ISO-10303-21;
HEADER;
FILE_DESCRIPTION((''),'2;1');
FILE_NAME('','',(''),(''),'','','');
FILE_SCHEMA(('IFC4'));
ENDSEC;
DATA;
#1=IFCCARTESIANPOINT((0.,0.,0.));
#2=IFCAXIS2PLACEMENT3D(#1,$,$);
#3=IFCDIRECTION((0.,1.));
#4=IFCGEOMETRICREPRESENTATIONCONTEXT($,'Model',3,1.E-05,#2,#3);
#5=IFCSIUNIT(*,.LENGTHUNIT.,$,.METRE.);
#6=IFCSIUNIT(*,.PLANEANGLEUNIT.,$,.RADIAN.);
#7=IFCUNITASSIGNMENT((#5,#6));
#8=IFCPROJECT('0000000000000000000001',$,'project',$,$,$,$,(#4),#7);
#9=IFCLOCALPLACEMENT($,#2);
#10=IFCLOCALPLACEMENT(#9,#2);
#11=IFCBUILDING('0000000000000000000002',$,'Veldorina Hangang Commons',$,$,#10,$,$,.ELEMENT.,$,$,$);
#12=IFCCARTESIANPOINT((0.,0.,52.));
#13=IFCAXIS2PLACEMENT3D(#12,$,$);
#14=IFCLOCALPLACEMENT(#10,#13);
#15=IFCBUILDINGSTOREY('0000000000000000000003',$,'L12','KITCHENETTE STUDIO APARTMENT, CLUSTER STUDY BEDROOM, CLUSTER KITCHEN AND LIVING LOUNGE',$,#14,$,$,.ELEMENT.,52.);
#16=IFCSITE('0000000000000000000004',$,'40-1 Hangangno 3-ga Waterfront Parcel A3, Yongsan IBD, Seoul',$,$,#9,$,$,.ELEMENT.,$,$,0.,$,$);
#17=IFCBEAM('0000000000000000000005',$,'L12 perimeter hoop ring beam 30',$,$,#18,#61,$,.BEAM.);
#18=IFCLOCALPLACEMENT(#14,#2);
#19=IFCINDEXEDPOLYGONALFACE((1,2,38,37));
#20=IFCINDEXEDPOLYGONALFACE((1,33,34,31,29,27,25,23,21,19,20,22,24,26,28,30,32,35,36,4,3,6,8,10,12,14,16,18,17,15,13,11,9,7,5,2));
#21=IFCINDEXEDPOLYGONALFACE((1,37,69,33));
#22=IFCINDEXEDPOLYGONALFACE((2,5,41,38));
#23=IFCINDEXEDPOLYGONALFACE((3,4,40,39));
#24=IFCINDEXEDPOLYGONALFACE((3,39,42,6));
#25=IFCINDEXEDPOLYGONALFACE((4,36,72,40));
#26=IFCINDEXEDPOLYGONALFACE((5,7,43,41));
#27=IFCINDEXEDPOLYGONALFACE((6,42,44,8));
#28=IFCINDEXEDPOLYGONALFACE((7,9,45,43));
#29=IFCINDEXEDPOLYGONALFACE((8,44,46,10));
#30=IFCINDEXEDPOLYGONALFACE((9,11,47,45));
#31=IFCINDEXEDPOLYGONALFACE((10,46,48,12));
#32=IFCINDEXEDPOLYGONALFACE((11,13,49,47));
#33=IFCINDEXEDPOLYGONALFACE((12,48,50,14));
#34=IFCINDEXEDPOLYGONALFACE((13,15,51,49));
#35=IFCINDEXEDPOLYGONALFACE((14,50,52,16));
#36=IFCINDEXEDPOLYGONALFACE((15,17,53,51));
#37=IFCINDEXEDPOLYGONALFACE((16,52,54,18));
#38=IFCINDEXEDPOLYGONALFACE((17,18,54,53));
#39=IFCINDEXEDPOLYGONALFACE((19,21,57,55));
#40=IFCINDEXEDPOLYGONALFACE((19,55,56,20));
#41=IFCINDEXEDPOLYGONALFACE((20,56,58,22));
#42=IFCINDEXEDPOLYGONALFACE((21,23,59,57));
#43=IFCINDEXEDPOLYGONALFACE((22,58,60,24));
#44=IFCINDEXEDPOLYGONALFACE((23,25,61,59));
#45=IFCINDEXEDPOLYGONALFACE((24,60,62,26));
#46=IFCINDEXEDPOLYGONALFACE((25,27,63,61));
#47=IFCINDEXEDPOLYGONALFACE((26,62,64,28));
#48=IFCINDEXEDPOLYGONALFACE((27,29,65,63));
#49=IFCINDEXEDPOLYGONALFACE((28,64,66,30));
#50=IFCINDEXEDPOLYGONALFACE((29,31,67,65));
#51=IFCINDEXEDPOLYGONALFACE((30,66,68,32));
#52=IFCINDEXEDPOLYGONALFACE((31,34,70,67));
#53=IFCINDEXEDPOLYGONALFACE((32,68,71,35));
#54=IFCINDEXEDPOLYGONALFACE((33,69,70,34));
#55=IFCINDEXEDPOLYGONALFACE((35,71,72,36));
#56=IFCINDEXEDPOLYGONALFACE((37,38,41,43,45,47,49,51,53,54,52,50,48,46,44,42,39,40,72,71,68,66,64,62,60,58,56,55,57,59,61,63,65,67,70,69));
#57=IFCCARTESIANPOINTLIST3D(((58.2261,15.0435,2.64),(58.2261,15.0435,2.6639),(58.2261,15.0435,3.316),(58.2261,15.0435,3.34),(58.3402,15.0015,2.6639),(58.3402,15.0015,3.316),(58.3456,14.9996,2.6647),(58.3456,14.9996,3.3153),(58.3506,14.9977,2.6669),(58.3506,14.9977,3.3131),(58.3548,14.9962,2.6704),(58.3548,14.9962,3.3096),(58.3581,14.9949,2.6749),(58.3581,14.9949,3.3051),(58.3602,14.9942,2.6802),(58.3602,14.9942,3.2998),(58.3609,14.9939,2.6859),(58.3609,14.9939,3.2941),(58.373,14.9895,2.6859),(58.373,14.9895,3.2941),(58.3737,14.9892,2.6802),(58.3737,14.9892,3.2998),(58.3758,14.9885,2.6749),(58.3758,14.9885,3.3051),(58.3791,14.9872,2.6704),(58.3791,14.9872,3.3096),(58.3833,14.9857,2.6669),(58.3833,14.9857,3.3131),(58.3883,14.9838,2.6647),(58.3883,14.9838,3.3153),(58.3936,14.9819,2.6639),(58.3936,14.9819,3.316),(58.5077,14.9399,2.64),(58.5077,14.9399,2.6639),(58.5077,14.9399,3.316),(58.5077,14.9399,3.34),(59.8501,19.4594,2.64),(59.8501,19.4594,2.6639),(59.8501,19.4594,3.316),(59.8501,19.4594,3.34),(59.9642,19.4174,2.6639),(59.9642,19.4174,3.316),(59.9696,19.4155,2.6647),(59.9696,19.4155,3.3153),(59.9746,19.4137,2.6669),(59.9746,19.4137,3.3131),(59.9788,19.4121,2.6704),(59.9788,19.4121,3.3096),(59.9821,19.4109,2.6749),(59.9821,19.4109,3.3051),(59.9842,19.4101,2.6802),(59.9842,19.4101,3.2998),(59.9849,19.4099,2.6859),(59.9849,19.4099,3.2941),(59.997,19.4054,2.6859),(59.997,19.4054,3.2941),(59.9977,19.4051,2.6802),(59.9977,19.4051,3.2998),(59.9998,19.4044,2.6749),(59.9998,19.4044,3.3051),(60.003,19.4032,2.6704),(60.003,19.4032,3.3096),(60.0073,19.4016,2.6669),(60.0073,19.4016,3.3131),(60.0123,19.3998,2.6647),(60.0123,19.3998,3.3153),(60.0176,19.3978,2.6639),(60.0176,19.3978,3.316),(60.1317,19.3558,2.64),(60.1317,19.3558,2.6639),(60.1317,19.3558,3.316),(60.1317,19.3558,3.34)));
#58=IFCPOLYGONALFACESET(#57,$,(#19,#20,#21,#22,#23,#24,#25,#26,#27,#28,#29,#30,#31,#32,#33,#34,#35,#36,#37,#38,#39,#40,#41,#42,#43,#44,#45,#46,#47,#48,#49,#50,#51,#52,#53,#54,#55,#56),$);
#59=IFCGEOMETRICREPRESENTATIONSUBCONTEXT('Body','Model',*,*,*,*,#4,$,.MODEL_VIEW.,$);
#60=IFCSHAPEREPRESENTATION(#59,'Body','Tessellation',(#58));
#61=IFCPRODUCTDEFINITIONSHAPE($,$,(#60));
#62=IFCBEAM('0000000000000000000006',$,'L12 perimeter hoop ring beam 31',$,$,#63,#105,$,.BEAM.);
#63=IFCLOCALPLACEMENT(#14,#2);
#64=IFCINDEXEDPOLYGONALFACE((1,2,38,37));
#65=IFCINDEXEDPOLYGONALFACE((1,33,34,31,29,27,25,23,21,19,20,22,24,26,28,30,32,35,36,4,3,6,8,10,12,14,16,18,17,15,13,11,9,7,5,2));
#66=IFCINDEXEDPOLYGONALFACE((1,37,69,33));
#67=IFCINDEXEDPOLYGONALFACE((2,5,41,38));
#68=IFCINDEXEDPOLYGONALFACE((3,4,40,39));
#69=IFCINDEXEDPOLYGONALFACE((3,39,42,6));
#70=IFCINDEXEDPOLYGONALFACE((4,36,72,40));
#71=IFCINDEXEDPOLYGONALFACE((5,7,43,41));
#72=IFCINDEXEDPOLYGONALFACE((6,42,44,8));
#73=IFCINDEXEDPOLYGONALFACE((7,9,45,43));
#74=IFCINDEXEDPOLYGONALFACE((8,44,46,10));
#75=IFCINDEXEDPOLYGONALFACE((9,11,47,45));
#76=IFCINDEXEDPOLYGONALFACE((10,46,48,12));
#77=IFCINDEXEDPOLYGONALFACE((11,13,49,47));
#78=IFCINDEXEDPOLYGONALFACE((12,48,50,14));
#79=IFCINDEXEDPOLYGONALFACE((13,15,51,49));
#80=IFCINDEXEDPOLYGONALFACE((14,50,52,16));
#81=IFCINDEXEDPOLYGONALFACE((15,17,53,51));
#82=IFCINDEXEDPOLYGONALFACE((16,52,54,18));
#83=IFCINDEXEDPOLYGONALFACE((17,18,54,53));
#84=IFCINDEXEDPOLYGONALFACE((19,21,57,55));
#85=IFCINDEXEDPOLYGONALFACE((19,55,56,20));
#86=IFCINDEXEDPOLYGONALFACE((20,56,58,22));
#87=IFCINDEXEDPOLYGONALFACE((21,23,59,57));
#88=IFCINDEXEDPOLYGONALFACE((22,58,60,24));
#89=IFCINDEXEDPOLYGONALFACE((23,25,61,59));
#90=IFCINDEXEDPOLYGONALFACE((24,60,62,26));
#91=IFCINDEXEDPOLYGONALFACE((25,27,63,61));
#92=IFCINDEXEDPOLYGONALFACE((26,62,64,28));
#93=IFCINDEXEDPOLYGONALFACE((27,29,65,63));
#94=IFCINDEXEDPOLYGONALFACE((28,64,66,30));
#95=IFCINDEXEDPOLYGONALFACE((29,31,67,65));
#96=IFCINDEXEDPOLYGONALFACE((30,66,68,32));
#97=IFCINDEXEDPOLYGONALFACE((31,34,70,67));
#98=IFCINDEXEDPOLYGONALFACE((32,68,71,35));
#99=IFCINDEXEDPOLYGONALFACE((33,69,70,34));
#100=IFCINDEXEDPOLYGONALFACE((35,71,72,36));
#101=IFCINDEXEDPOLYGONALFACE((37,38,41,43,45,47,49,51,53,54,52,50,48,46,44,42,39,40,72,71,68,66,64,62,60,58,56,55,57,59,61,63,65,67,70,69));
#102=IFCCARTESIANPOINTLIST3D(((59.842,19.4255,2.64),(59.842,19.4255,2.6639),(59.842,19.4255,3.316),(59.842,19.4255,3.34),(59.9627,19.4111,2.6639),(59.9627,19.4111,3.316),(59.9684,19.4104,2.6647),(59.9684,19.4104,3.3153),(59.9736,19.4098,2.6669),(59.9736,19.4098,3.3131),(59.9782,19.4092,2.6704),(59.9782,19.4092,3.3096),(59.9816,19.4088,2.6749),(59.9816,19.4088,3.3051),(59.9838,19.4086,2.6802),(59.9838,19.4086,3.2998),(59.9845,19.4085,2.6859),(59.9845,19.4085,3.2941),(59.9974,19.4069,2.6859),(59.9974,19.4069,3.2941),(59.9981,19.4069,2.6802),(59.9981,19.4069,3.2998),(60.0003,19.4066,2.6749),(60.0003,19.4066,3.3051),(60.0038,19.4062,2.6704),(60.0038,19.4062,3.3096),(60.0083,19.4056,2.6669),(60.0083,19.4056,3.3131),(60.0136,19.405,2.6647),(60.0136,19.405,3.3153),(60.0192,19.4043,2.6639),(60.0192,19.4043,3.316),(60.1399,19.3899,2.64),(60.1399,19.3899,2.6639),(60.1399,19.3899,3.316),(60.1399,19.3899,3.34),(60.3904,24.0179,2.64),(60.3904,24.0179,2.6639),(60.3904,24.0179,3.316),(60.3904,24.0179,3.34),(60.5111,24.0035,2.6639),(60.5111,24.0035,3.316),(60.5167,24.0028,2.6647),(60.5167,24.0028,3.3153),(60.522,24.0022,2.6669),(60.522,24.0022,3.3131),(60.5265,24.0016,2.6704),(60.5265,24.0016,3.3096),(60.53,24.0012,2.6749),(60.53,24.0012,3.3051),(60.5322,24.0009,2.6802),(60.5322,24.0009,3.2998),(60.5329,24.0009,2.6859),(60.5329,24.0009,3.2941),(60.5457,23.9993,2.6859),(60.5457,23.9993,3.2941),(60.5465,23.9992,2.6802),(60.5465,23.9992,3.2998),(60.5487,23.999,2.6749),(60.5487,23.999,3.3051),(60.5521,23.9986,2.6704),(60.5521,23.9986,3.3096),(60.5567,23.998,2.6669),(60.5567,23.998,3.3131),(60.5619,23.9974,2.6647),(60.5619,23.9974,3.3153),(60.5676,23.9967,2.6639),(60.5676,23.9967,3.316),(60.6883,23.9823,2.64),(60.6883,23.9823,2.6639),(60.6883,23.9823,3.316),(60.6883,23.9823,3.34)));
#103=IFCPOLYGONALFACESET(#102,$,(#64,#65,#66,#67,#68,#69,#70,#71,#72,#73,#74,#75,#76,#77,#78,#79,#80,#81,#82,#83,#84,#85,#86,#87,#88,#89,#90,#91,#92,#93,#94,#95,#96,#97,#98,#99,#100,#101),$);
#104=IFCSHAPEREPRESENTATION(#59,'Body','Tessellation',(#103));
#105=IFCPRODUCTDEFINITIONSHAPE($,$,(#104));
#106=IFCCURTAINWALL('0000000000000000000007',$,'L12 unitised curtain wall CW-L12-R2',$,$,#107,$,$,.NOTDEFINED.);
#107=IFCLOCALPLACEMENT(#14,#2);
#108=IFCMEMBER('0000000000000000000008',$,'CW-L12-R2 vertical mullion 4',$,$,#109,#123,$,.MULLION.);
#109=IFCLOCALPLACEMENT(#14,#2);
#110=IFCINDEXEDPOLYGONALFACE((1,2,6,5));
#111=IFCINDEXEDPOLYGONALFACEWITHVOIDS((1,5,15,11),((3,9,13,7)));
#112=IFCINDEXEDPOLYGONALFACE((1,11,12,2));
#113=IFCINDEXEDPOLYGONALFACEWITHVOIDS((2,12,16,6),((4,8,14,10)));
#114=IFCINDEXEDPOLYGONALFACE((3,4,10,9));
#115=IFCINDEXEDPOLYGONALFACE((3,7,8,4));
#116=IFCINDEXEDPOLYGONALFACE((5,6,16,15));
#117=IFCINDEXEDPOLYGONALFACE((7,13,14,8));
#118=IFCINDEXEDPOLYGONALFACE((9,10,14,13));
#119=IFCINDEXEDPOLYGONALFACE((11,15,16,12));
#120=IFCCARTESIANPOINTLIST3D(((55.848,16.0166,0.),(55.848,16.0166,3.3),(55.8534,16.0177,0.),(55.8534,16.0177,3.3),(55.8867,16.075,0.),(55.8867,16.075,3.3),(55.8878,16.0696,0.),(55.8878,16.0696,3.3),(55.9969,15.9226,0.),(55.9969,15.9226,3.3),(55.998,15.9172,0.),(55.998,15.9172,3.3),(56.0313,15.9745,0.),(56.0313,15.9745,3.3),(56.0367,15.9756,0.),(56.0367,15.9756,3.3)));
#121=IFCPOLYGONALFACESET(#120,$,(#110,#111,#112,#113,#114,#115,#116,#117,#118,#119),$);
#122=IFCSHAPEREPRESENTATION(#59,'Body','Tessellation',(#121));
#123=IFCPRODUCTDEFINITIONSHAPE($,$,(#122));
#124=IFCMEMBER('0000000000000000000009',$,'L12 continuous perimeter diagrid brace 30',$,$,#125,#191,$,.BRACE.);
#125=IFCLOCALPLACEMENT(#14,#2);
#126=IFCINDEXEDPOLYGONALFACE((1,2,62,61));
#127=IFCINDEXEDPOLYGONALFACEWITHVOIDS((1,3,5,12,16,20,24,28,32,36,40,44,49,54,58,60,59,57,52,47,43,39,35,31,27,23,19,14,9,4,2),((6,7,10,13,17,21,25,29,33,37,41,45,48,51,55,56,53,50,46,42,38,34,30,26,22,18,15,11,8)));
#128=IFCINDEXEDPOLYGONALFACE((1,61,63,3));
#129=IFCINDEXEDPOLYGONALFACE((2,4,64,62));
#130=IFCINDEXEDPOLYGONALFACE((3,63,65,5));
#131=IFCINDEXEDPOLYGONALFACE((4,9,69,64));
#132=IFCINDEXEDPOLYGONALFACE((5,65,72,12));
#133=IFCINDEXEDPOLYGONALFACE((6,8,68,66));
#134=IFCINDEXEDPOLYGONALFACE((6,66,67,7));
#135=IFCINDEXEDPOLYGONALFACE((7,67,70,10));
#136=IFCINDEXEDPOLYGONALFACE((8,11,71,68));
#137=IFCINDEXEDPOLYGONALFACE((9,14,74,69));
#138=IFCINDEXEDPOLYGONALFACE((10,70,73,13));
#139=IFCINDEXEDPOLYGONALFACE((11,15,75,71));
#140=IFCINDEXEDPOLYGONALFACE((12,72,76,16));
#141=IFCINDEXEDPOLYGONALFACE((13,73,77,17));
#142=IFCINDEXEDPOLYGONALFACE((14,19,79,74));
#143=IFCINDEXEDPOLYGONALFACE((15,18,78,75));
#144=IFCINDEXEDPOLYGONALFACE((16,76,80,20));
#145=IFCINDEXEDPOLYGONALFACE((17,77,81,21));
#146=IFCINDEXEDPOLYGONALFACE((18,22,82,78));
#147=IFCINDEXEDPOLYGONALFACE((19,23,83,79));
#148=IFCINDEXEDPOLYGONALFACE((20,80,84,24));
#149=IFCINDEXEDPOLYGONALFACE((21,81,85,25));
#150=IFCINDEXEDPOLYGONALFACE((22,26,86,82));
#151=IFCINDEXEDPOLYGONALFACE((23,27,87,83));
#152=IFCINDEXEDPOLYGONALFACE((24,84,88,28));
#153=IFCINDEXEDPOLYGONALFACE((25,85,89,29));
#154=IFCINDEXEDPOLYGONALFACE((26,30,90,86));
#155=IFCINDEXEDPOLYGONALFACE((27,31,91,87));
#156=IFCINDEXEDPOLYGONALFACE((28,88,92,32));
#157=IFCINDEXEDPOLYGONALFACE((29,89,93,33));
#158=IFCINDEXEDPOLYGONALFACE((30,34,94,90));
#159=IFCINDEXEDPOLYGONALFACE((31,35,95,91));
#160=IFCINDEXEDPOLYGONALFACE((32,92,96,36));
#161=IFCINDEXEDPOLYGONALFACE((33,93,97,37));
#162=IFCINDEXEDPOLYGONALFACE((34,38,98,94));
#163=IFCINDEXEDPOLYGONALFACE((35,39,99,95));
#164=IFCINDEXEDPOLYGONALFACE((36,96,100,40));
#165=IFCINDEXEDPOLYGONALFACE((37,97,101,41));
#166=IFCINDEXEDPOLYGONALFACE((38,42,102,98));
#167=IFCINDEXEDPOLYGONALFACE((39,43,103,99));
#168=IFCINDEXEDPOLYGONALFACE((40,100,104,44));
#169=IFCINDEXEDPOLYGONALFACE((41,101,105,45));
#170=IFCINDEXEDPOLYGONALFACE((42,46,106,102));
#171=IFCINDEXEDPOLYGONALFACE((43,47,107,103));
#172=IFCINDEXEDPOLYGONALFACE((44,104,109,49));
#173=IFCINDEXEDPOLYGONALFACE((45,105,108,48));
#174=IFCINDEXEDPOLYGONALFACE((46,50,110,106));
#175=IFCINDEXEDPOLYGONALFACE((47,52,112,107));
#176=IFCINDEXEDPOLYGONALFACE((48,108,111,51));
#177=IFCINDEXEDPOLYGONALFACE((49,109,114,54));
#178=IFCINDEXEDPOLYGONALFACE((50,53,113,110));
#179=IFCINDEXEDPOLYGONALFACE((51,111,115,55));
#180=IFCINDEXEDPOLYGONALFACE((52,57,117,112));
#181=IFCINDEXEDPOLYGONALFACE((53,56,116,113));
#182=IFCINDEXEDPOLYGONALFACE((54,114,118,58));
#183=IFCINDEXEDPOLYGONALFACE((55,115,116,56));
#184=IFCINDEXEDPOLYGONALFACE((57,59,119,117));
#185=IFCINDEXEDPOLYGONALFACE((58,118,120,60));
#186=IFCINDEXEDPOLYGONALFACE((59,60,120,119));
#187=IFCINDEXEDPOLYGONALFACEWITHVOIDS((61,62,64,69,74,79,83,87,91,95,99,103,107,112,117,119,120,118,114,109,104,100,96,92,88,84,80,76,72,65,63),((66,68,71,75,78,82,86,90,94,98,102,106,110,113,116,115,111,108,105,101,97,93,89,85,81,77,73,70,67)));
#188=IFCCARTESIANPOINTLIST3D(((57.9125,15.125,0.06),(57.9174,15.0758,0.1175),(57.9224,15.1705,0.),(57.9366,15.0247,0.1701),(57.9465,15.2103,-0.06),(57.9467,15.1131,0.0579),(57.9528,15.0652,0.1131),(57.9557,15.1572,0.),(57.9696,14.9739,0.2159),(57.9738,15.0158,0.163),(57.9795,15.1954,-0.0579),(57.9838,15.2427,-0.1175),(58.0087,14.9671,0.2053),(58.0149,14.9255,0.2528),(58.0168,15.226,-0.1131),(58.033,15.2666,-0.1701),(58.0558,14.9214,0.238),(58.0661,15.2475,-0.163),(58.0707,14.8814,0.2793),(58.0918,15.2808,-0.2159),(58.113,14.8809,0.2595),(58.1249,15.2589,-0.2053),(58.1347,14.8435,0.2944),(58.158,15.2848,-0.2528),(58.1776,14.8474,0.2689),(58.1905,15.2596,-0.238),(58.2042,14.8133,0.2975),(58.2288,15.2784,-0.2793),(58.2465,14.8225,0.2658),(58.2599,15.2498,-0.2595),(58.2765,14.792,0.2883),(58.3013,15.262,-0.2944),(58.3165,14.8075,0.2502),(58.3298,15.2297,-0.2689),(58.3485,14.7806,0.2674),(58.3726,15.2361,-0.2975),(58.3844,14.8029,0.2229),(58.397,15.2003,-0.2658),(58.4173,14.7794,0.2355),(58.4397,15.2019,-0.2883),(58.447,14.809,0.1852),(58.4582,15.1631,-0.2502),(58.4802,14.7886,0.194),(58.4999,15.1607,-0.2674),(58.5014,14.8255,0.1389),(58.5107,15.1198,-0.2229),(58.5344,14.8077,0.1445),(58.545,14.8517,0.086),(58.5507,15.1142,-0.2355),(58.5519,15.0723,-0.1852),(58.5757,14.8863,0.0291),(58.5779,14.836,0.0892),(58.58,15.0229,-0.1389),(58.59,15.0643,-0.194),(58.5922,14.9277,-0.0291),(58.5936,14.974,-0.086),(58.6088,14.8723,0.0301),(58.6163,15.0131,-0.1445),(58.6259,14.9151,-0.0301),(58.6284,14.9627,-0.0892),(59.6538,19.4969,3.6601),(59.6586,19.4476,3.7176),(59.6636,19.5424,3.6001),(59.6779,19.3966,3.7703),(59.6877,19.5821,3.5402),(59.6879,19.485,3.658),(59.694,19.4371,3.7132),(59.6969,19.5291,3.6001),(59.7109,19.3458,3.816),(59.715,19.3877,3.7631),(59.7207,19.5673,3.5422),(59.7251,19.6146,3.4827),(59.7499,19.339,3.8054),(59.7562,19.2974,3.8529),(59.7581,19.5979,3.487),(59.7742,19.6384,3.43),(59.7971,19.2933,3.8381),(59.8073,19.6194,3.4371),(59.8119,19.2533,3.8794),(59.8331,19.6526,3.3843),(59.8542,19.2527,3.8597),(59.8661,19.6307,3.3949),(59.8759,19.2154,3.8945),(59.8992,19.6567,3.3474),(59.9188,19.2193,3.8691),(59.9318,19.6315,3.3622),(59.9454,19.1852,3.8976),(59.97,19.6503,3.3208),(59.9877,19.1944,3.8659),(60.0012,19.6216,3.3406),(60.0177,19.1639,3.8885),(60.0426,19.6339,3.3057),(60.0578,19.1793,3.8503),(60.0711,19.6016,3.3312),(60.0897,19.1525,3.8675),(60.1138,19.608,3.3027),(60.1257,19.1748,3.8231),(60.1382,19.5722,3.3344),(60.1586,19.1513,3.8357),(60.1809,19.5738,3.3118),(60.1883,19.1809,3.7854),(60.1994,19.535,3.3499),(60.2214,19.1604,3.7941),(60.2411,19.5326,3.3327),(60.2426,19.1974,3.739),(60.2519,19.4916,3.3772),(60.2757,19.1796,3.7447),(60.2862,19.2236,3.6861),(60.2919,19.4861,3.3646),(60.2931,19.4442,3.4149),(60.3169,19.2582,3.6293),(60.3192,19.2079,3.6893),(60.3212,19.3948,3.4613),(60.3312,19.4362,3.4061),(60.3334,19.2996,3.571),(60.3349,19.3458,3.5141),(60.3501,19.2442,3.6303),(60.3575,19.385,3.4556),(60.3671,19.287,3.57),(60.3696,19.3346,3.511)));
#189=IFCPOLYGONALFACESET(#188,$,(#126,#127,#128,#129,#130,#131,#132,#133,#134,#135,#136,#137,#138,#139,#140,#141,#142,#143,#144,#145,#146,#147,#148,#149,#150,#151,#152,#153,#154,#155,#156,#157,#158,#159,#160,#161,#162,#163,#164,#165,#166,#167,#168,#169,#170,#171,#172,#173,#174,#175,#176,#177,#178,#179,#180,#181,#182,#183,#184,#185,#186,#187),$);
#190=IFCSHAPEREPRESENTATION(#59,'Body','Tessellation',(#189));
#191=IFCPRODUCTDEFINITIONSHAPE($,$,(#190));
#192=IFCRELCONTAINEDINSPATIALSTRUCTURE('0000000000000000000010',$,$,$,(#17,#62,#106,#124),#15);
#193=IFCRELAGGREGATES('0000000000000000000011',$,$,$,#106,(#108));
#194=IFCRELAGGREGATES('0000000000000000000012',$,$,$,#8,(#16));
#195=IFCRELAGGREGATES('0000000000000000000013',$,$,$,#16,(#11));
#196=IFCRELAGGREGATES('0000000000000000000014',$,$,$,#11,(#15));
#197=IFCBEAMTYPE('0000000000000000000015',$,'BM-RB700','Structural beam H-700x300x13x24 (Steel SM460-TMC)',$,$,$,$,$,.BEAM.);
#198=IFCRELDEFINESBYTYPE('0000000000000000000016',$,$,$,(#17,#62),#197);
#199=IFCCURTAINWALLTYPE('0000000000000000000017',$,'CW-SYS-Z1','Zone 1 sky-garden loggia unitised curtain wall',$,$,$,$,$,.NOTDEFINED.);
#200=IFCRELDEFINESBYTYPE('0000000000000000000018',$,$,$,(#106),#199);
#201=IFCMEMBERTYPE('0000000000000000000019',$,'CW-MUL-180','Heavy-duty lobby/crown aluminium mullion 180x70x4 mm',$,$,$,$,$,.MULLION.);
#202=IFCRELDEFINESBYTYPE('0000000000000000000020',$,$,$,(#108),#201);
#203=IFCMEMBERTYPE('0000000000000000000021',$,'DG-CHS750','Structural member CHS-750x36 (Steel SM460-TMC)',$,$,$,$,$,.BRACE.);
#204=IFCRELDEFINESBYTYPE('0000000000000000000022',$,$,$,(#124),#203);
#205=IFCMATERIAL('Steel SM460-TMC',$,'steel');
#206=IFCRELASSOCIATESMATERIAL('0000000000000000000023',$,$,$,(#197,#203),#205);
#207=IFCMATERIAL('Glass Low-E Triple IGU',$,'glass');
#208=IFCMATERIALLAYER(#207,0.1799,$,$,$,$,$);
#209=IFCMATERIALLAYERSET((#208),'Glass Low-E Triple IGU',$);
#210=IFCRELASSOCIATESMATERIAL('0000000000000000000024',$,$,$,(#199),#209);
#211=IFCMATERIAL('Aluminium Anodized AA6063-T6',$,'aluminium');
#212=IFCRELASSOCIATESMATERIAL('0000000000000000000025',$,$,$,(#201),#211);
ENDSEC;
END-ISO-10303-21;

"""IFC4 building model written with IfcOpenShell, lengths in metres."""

from ifc_helpers import new_model, si_unit, direction, frame, origin, origin_2d, place, context, subcontext, project, spatial, hollow_rectangle, hollow_circle, i_section, extrude, material, layer, layer_set, material_profile, profile_set, type_object, element, aggregate, save


model = new_model("IFC4")

# Units and contexts
model_context = context("Model", 3, precision=1e-05, world=origin(), true_north=direction((0.0, 1.0)))
body_context = subcontext(model_context, "Body", "Model", "MODEL_VIEW")
ifc_project = project(units=[si_unit("LENGTHUNIT", "METRE"), si_unit("PLANEANGLEUNIT", "RADIAN")], contexts=[model_context])

# Site, building, storey
site_placement = place(None, origin())
site = spatial("IfcSite", under=ifc_project, at=site_placement, Name="40-1 Hangangno 3-ga Waterfront Parcel A3, Yongsan IBD, Seoul", CompositionType="ELEMENT", RefElevation=0.0)
building_placement = place(site_placement, origin())
building = spatial("IfcBuilding", under=site, at=building_placement, Name="Veldorina Hangang Commons", CompositionType="ELEMENT")
storey_placement = place(building_placement, frame((0.0, 0.0, 52.0)))
storey = spatial("IfcBuildingStorey", under=building, at=storey_placement, Name="L12", Description="KITCHENETTE STUDIO APARTMENT, CLUSTER STUDY BEDROOM, CLUSTER KITCHEN AND LIVING LOUNGE", CompositionType="ELEMENT", Elevation=52.0)

# Beams
ifc_material_1 = material(Name="Steel SM460-TMC", Category="steel")
ifc_material_profile_1 = material_profile(ifc_material_1, i_section(OverallWidth=0.3, OverallDepth=0.7, WebThickness=0.0129, FlangeThickness=0.0239, FilletRadius=0.022, at=origin_2d()), Name="H-700x300x13x24")
ifc_profile_set_1 = profile_set([ifc_material_profile_1], Name="Steel SM460-TMC")
beam_type = type_object("IfcBeamType", Name="BM-RB700", Description="Structural beam H-700x300x13x24 (Steel SM460-TMC)", PredefinedType="BEAM", material=ifc_profile_set_1)
beam_1_placement = place(storey_placement, frame((58.3669, 14.9917, 2.99), z_axis=(0.345157, 0.938545, 0.0), x_axis=(-0.938545, 0.345157, 0.0)))
element("IfcBeam", 1, at=beam_1_placement, inside=storey, type_object=beam_type, Name="L12 perimeter hoop ring beam 30", PredefinedType="BEAM", context=body_context, shape_type="SweptSolid", body=[
    extrude(i_section(OverallWidth=0.3, OverallDepth=0.7, WebThickness=0.0129, FlangeThickness=0.0239, FilletRadius=0.022, at=origin_2d()), origin(), (0.0, 0.0, 1.0), 4.7051),
])
beam_2_placement = place(storey_placement, frame((59.991, 19.4077, 2.99), z_axis=(0.118562, 0.992947, 0.0), x_axis=(-0.992947, 0.118562, 0.0)))
element("IfcBeam", 2, at=beam_2_placement, inside=storey, type_object=beam_type, Name="L12 perimeter hoop ring beam 31", PredefinedType="BEAM", context=body_context, shape_type="SweptSolid", body=[
    extrude(i_section(OverallWidth=0.3, OverallDepth=0.7, WebThickness=0.0129, FlangeThickness=0.0239, FilletRadius=0.022, at=origin_2d()), origin(), (0.0, 0.0, 1.0), 4.625),
])

# Curtain wall, member
ifc_material_2 = material(Name="Glass Low-E Triple IGU", Category="glass")
ifc_layer_1 = layer(ifc_material_2, 0.1799)
ifc_layer_set_1 = layer_set([ifc_layer_1], Name="Glass Low-E Triple IGU")
curtain_wall_type = type_object("IfcCurtainWallType", Name="CW-SYS-Z1", Description="Zone 1 sky-garden loggia unitised curtain wall", PredefinedType="NOTDEFINED", material=ifc_layer_set_1)
curtain_wall_placement = place(storey_placement, origin())
curtain_wall = element("IfcCurtainWall", 3, at=curtain_wall_placement, inside=storey, type_object=curtain_wall_type, Name="L12 unitised curtain wall CW-L12-R2", PredefinedType="NOTDEFINED")
ifc_material_3 = material(Name="Aluminium Anodized AA6063-T6", Category="aluminium")
ifc_material_profile_2 = material_profile(ifc_material_3, hollow_rectangle(XDim=0.0701, YDim=0.1799, WallThickness=0.0039, at=origin_2d()), Name="ALU-RHS-180x70x4")
ifc_profile_set_2 = profile_set([ifc_material_profile_2], Name="Aluminium Anodized AA6063-T6")
member_type_1 = type_object("IfcMemberType", Name="CW-MUL-180", Description="Heavy-duty lobby/crown aluminium mullion 180x70x4 mm", PredefinedType="MULLION", material=ifc_profile_set_2)
member_1_placement = place(storey_placement, frame((55.9424, 15.9961, 0.0), z_axis=(0.0, 0.0, 1.0), x_axis=(-0.55217, -0.833732, 0.0)))
member_1 = element("IfcMember", 4, at=member_1_placement, type_object=member_type_1, Name="CW-L12-R2 vertical mullion 4", PredefinedType="MULLION", context=body_context, shape_type="SweptSolid", body=[
    extrude(hollow_rectangle(XDim=0.0701, YDim=0.1799, WallThickness=0.0039, at=origin_2d()), origin(), (0.0, 0.0, 1.0), 3.3),
])

# Member
ifc_material_profile_3 = material_profile(ifc_material_1, hollow_circle(Radius=0.375, WallThickness=0.0359, at=origin_2d()), Name="CHS-750x36")
ifc_profile_set_3 = profile_set([ifc_material_profile_3], Name="Steel SM460-TMC")
member_type_2 = type_object("IfcMemberType", Name="DG-CHS750", Description="Structural member CHS-750x36 (Steel SM460-TMC)", PredefinedType="BRACE", material=ifc_profile_set_3)
member_2_placement = place(storey_placement, frame((58.2708, 15.0317, 0.0), z_axis=(0.293876, 0.737864, 0.607614), x_axis=(-0.929027, 0.370013, 0.0)))
element("IfcMember", 5, at=member_2_placement, inside=storey, type_object=member_type_2, Name="L12 continuous perimeter diagrid brace 30", PredefinedType="BRACE", context=body_context, shape_type="SweptSolid", body=[
    extrude(hollow_circle(Radius=0.375, WallThickness=0.0359, at=origin_2d()), origin(), (0.0, 0.0, 1.0), 5.925),
])

aggregate(curtain_wall, [member_1])

save(model, "model.ifc")
